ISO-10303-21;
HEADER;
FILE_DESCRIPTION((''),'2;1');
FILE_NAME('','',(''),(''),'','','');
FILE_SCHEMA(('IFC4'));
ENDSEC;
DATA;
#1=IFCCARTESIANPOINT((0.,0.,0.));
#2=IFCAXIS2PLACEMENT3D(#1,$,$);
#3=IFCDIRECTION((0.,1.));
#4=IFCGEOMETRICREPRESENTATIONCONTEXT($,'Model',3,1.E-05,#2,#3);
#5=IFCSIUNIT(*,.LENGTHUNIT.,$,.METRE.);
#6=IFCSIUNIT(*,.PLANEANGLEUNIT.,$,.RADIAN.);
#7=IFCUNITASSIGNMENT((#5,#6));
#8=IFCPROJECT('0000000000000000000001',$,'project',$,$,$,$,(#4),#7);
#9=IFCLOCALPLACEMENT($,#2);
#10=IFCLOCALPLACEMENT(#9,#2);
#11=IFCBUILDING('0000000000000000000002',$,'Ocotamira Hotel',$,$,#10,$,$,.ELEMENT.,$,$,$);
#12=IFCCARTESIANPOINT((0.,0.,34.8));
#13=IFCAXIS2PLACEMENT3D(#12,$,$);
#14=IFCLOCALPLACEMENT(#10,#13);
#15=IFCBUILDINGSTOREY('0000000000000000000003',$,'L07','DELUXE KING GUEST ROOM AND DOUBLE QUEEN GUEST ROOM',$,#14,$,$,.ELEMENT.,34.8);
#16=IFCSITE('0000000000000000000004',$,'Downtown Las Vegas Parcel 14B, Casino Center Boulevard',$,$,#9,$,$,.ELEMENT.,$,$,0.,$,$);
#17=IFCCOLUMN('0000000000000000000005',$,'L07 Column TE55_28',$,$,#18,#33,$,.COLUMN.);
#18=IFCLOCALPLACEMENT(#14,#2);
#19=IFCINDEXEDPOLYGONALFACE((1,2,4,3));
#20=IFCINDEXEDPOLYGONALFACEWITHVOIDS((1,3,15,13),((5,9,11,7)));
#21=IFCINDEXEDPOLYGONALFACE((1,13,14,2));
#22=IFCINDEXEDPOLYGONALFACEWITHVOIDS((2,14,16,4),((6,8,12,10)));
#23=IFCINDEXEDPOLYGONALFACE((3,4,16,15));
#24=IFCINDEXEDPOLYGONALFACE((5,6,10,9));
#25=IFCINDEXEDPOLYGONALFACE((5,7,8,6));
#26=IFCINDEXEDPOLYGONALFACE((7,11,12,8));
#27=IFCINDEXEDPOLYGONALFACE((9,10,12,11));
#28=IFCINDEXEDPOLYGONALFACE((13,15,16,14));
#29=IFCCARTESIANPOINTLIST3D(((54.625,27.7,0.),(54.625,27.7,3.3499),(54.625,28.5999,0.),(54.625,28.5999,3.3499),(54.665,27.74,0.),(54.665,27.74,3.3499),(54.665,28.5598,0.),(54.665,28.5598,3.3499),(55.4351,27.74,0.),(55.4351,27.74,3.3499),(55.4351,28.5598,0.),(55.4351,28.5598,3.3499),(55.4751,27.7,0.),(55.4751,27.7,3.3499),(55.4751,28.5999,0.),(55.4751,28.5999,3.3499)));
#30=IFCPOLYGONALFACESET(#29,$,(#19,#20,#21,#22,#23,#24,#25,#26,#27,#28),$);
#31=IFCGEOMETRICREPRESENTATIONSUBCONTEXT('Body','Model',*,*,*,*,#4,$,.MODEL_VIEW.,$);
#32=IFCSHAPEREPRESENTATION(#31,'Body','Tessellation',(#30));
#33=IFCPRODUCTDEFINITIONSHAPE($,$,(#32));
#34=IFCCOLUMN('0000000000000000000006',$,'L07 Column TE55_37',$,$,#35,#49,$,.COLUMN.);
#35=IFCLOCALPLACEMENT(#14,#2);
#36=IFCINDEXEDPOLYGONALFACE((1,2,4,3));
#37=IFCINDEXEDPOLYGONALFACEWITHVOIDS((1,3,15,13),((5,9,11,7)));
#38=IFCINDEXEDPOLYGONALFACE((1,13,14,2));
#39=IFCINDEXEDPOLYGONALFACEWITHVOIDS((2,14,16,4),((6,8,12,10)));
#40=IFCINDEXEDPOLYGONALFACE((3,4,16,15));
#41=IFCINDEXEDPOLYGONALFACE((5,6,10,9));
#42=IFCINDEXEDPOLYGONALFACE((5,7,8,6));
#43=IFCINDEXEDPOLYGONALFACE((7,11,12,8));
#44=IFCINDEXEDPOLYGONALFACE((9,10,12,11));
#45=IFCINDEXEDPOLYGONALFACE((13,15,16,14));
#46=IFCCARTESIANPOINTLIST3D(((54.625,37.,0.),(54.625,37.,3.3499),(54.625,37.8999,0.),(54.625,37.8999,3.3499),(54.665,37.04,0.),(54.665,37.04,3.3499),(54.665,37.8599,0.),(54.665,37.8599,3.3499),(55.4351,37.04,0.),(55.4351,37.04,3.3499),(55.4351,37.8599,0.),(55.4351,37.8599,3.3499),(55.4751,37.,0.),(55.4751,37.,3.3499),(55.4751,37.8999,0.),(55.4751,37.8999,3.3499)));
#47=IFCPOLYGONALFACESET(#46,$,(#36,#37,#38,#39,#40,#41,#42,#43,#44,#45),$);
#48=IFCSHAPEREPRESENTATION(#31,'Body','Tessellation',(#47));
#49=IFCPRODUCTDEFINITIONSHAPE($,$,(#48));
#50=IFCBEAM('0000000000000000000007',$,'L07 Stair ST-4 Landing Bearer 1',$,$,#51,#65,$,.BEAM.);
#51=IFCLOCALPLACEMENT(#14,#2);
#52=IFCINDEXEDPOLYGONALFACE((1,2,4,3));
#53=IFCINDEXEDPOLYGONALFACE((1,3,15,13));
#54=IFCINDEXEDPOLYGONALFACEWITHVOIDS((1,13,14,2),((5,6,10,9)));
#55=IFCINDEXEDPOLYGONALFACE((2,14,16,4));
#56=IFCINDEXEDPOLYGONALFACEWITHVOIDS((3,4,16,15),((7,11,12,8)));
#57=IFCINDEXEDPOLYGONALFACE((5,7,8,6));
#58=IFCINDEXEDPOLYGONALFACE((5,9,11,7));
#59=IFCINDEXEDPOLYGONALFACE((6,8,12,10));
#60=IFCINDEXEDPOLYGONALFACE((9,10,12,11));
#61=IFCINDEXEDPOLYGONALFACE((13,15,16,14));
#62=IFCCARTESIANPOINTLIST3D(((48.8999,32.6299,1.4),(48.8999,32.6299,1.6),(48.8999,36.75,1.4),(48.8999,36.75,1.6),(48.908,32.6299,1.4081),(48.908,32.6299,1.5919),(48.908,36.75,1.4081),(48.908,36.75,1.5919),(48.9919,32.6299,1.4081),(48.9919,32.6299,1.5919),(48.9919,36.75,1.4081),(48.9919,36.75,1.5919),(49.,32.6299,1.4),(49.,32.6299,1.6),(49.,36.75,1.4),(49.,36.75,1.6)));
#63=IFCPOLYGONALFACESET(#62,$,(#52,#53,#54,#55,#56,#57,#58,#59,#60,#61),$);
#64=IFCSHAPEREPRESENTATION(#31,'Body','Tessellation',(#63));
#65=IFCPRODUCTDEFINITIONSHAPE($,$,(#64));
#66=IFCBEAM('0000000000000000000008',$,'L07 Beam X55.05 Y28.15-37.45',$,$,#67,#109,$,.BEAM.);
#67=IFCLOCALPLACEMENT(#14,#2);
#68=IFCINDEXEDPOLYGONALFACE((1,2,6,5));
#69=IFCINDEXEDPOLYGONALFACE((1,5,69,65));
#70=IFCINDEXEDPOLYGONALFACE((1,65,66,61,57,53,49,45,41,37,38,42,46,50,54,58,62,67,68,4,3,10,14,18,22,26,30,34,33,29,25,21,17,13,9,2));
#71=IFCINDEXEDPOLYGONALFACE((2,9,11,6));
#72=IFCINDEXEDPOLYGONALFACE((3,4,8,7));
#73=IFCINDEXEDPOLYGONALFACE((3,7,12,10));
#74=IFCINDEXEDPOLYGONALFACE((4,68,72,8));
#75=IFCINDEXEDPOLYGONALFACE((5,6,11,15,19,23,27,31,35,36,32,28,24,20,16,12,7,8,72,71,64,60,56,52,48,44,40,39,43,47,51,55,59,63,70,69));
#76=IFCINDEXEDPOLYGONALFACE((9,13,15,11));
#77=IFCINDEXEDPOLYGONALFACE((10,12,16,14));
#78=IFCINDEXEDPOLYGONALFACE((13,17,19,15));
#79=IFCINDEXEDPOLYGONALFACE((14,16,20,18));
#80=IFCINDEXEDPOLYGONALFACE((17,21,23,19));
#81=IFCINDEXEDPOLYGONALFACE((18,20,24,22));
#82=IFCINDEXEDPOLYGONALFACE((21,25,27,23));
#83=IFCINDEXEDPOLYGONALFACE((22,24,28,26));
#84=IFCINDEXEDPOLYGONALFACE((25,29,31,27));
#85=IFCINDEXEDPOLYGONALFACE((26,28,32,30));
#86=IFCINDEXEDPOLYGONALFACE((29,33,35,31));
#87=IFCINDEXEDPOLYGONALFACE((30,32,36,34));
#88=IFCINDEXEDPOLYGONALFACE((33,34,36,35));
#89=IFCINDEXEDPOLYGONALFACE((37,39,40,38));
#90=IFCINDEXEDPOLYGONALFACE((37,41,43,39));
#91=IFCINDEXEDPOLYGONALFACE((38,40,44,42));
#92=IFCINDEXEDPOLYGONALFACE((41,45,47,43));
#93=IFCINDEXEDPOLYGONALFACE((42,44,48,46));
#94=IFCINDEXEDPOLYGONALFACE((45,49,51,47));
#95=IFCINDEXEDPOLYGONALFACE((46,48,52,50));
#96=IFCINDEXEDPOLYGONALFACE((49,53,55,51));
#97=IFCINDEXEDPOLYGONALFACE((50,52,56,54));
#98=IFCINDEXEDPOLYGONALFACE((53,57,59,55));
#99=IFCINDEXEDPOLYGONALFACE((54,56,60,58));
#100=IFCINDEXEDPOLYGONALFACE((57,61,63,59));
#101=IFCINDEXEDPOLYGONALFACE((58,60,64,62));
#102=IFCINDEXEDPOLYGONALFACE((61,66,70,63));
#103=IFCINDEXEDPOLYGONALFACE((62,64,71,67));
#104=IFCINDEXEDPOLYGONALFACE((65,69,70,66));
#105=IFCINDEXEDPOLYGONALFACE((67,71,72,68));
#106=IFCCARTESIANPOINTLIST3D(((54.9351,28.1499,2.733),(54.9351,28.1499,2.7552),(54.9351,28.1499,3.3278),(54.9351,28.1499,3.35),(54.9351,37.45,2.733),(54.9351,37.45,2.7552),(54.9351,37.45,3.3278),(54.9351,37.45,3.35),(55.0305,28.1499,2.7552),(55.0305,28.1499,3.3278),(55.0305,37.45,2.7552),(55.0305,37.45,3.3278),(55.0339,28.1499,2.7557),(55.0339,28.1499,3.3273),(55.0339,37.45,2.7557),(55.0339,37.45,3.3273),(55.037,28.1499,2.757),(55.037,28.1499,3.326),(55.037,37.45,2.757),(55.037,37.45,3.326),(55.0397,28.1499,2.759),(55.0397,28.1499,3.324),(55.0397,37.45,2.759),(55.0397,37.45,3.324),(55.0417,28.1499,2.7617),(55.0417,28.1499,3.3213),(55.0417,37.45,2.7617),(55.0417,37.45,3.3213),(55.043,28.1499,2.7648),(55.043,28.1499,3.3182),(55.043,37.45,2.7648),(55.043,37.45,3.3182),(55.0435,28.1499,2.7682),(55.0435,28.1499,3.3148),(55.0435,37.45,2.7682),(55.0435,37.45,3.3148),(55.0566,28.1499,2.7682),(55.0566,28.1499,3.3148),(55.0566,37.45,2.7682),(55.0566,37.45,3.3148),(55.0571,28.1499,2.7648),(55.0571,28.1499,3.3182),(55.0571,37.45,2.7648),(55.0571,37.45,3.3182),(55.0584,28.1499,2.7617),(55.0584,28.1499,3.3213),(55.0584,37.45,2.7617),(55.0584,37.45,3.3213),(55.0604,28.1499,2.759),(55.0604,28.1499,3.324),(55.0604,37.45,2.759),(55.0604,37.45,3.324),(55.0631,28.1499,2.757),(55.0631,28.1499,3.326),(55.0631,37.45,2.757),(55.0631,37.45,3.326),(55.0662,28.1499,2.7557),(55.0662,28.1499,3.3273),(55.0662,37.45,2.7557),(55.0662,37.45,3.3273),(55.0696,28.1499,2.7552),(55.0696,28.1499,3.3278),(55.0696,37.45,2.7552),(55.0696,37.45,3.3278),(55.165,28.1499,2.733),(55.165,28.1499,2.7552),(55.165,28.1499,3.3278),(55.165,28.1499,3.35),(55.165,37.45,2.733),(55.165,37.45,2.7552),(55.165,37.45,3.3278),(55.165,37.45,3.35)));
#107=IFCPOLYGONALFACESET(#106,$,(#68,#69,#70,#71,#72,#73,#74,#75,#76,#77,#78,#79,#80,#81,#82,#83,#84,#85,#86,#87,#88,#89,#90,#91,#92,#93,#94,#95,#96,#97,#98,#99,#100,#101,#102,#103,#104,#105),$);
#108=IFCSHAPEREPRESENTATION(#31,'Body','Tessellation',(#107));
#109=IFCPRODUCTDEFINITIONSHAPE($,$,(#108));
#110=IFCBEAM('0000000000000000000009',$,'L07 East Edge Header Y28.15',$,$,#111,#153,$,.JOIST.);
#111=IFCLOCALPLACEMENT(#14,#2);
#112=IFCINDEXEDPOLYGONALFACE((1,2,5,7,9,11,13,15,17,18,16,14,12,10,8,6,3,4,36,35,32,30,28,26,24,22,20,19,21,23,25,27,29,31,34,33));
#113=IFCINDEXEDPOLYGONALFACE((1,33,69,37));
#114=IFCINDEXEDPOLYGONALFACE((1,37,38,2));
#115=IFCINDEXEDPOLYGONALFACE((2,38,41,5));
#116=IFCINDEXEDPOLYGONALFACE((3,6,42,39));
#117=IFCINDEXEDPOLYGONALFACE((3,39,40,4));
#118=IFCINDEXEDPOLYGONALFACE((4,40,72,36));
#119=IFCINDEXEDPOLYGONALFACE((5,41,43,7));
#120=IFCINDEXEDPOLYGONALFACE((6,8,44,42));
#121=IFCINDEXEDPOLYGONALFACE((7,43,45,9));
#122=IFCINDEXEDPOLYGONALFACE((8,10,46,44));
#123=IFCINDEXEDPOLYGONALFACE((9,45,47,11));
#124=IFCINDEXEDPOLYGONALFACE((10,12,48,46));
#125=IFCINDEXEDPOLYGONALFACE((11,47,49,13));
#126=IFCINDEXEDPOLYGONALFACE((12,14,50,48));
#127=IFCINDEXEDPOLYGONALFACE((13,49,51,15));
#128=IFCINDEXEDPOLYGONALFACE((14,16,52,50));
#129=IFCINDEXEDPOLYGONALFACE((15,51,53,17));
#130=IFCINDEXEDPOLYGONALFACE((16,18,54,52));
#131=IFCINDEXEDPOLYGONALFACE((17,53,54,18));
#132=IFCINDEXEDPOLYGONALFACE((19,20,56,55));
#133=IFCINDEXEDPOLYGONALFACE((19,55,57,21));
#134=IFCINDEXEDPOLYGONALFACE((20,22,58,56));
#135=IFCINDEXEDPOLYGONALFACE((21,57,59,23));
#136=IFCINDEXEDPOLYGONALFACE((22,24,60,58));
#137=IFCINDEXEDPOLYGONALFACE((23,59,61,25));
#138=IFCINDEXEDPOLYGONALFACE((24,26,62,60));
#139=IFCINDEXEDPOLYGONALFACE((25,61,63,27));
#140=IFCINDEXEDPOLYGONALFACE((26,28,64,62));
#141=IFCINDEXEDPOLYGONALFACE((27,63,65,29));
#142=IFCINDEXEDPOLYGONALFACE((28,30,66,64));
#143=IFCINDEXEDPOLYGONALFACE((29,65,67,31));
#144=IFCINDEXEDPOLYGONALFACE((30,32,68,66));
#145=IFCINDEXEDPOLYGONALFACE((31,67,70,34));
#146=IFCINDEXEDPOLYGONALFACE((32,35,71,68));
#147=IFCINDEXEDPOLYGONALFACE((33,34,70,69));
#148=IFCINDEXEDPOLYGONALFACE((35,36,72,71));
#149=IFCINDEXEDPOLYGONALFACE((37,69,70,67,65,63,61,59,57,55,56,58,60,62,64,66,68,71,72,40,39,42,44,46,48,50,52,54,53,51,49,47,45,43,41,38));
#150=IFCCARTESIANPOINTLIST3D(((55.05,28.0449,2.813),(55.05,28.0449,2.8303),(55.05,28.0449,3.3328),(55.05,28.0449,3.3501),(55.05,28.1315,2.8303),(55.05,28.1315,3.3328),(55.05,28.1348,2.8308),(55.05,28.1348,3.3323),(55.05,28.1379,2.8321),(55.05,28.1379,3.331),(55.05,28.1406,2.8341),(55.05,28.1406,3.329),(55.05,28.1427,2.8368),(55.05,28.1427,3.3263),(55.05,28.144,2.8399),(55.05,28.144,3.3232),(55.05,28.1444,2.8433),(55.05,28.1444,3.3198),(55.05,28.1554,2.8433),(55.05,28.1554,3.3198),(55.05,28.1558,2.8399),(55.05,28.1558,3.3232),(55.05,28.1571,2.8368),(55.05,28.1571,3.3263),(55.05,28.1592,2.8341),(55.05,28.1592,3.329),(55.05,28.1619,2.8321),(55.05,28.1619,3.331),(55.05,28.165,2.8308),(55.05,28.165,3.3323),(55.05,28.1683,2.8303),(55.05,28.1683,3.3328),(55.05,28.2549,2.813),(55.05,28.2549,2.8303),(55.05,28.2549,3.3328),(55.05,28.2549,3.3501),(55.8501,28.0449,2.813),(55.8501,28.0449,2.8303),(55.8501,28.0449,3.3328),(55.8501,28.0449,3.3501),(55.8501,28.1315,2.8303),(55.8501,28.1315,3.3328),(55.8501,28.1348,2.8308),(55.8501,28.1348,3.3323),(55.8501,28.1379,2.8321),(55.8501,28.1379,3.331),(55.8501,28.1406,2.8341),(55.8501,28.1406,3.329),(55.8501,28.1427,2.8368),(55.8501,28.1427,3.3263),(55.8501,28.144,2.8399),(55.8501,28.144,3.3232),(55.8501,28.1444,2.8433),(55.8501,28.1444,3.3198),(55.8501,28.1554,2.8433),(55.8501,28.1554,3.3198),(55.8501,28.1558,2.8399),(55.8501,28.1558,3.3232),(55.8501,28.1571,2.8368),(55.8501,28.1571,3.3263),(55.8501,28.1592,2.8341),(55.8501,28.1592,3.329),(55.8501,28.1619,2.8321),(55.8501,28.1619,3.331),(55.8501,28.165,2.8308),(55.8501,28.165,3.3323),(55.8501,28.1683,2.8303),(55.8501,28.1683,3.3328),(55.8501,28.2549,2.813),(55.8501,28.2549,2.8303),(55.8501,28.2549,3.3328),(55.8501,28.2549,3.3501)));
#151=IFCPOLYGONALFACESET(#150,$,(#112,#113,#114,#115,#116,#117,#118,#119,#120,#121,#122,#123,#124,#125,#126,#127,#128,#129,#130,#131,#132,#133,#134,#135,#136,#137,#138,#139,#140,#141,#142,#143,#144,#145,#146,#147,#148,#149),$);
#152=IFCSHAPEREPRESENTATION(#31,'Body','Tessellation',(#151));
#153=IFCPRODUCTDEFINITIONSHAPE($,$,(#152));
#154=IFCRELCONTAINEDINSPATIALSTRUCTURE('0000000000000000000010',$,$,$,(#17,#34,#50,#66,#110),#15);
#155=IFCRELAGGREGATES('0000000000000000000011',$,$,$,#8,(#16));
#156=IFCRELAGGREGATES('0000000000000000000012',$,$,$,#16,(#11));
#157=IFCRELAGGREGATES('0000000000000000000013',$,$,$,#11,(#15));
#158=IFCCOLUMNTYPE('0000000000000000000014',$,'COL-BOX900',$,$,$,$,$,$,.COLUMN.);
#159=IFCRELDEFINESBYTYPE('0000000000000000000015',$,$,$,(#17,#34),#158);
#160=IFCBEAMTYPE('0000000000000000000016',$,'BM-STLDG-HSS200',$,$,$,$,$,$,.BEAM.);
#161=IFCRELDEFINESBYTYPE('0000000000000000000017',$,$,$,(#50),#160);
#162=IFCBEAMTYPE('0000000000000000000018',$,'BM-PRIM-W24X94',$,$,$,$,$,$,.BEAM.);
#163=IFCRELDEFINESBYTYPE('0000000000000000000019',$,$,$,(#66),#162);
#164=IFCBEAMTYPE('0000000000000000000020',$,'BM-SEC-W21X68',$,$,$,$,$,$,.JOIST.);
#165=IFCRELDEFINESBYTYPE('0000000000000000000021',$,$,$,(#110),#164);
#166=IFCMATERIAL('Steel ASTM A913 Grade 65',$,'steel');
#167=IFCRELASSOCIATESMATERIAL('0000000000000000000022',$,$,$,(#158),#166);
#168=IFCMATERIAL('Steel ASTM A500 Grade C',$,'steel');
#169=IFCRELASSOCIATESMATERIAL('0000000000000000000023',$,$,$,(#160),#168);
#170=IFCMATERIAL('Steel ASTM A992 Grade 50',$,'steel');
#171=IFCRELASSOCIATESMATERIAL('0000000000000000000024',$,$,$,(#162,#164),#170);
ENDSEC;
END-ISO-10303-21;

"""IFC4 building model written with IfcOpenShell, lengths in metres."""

from ifc_helpers import new_model, si_unit, direction, frame, origin, origin_2d, place, context, subcontext, project, spatial, hollow_rectangle, i_section, extrude, source, transform, mapped, material, material_profile, profile_set, type_object, element, save


model = new_model("IFC4")

# Units and contexts
model_context = context("Model", 3, precision=1e-05, world=origin(), true_north=direction((0.0, 1.0)))
body_context = subcontext(model_context, "Body", "Model", "MODEL_VIEW")
ifc_project = project(units=[si_unit("LENGTHUNIT", "METRE"), si_unit("PLANEANGLEUNIT", "RADIAN")], contexts=[model_context])

# Site, building, storey
site_placement = place(None, origin())
site = spatial("IfcSite", under=ifc_project, at=site_placement, Name="Downtown Las Vegas Parcel 14B, Casino Center Boulevard", CompositionType="ELEMENT", RefElevation=0.0)
building_placement = place(site_placement, origin())
building = spatial("IfcBuilding", under=site, at=building_placement, Name="Ocotamira Hotel", CompositionType="ELEMENT")
storey_placement = place(building_placement, frame((0.0, 0.0, 34.8)))
storey = spatial("IfcBuildingStorey", under=building, at=storey_placement, Name="L07", Description="DELUXE KING GUEST ROOM AND DOUBLE QUEEN GUEST ROOM", CompositionType="ELEMENT", Elevation=34.8)

# Columns
ifc_material_1 = material(Name="Steel ASTM A913 Grade 65", Category="steel")
ifc_material_profile_1 = material_profile(ifc_material_1, hollow_rectangle(XDim=0.8501, YDim=0.8999, WallThickness=0.04, at=origin_2d()), Name="BOX900X850X40")
ifc_profile_set_1 = profile_set([ifc_material_profile_1], Name="Steel ASTM A913 Grade 65")
column_type = type_object("IfcColumnType", Name="COL-BOX900", PredefinedType="COLUMN", material=ifc_profile_set_1)
shared_shape_1 = source(origin(), body_context, "Body", "SweptSolid", [
    extrude(hollow_rectangle(XDim=0.8501, YDim=0.8999, WallThickness=0.04, at=origin_2d()), origin(), (0.0, 0.0, 1.0), 3.3499),
])
for number, where, z_axis, x_axis, name in (
    (1, (55.05, 28.1499, 0.0), (0.0, 0.0, 1.0), (1.0, 0.0, 0.0), "L07 Column TE55_28"),
    (2, (55.05, 37.45, 0.0), (0.0, 0.0, 1.0), (1.0, 0.0, 0.0), "L07 Column TE55_37"),
):
    element("IfcColumn", number, at=place(storey_placement, frame(where, z_axis=z_axis, x_axis=x_axis)), inside=storey, type_object=column_type, Name=name, PredefinedType="COLUMN", context=body_context, shape_type="MappedRepresentation", body=[
        mapped(shared_shape_1, transform((0.0, 0.0, 0.0), scale=1.0)),
    ])

# Beams
ifc_material_2 = material(Name="Steel ASTM A500 Grade C", Category="steel")
ifc_material_profile_2 = material_profile(ifc_material_2, hollow_rectangle(XDim=0.1001, YDim=0.2, WallThickness=0.0081, at=origin_2d()), Name="HSS200X100X8")
ifc_profile_set_2 = profile_set([ifc_material_profile_2], Name="Steel ASTM A500 Grade C")
beam_type_1 = type_object("IfcBeamType", Name="BM-STLDG-HSS200", PredefinedType="BEAM", material=ifc_profile_set_2)
shared_shape_2 = source(origin(), body_context, "Body", "SweptSolid", [
    extrude(hollow_rectangle(XDim=0.1001, YDim=0.2, WallThickness=0.0081, at=origin_2d()), origin(), (0.0, 0.0, 1.0), 4.1201),
])
beam_1_placement = place(storey_placement, frame((48.95, 32.6299, 1.5), z_axis=(0.0, 1.0, 0.0), x_axis=(-1.0, 0.0, 0.0)))
element("IfcBeam", 3, at=beam_1_placement, inside=storey, type_object=beam_type_1, Name="L07 Stair ST-4 Landing Bearer 1", PredefinedType="BEAM", context=body_context, shape_type="MappedRepresentation", body=[
    mapped(shared_shape_2, transform((0.0, 0.0, 0.0), scale=1.0)),
])
ifc_material_3 = material(Name="Steel ASTM A992 Grade 50", Category="steel")
ifc_material_profile_3 = material_profile(ifc_material_3, i_section(OverallWidth=0.23, OverallDepth=0.6169, WebThickness=0.0132, FlangeThickness=0.0222, FilletRadius=0.0129, at=origin_2d()), Name="W24X94")
ifc_profile_set_3 = profile_set([ifc_material_profile_3], Name="Steel ASTM A992 Grade 50")
beam_type_2 = type_object("IfcBeamType", Name="BM-PRIM-W24X94", PredefinedType="BEAM", material=ifc_profile_set_3)
shared_shape_3 = source(origin(), body_context, "Body", "SweptSolid", [
    extrude(i_section(OverallWidth=0.23, OverallDepth=0.6169, WebThickness=0.0132, FlangeThickness=0.0222, FilletRadius=0.0129, at=origin_2d()), origin(), (0.0, 0.0, 1.0), 9.3),
])
beam_2_placement = place(storey_placement, frame((55.05, 28.1499, 3.0415), z_axis=(0.0, 1.0, 0.0), x_axis=(-1.0, 0.0, 0.0)))
element("IfcBeam", 4, at=beam_2_placement, inside=storey, type_object=beam_type_2, Name="L07 Beam X55.05 Y28.15-37.45", PredefinedType="BEAM", context=body_context, shape_type="MappedRepresentation", body=[
    mapped(shared_shape_3, transform((0.0, 0.0, 0.0), scale=1.0)),
])
ifc_material_profile_4 = material_profile(ifc_material_3, i_section(OverallWidth=0.21, OverallDepth=0.5371, WebThickness=0.011, FlangeThickness=0.0173, FilletRadius=0.0129, at=origin_2d()), Name="W21X68")
ifc_profile_set_4 = profile_set([ifc_material_profile_4], Name="Steel ASTM A992 Grade 50")
beam_type_3 = type_object("IfcBeamType", Name="BM-SEC-W21X68", PredefinedType="JOIST", material=ifc_profile_set_4)
shared_shape_4 = source(origin(), body_context, "Body", "SweptSolid", [
    extrude(i_section(OverallWidth=0.21, OverallDepth=0.5371, WebThickness=0.011, FlangeThickness=0.0173, FilletRadius=0.0129, at=origin_2d()), origin(), (0.0, 0.0, 1.0), 0.8),
])
for number, where, z_axis, x_axis, name in (
    (5, (55.05, 28.1499, 3.0815), (1.0, 0.0, 0.0), (0.0, 1.0, 0.0), "L07 East Edge Header Y28.15"),
):
    element("IfcBeam", number, at=place(storey_placement, frame(where, z_axis=z_axis, x_axis=x_axis)), inside=storey, type_object=beam_type_3, Name=name, PredefinedType="JOIST", context=body_context, shape_type="MappedRepresentation", body=[
        mapped(shared_shape_4, transform((0.0, 0.0, 0.0), scale=1.0)),
    ])

save(model, "model.ifc")
